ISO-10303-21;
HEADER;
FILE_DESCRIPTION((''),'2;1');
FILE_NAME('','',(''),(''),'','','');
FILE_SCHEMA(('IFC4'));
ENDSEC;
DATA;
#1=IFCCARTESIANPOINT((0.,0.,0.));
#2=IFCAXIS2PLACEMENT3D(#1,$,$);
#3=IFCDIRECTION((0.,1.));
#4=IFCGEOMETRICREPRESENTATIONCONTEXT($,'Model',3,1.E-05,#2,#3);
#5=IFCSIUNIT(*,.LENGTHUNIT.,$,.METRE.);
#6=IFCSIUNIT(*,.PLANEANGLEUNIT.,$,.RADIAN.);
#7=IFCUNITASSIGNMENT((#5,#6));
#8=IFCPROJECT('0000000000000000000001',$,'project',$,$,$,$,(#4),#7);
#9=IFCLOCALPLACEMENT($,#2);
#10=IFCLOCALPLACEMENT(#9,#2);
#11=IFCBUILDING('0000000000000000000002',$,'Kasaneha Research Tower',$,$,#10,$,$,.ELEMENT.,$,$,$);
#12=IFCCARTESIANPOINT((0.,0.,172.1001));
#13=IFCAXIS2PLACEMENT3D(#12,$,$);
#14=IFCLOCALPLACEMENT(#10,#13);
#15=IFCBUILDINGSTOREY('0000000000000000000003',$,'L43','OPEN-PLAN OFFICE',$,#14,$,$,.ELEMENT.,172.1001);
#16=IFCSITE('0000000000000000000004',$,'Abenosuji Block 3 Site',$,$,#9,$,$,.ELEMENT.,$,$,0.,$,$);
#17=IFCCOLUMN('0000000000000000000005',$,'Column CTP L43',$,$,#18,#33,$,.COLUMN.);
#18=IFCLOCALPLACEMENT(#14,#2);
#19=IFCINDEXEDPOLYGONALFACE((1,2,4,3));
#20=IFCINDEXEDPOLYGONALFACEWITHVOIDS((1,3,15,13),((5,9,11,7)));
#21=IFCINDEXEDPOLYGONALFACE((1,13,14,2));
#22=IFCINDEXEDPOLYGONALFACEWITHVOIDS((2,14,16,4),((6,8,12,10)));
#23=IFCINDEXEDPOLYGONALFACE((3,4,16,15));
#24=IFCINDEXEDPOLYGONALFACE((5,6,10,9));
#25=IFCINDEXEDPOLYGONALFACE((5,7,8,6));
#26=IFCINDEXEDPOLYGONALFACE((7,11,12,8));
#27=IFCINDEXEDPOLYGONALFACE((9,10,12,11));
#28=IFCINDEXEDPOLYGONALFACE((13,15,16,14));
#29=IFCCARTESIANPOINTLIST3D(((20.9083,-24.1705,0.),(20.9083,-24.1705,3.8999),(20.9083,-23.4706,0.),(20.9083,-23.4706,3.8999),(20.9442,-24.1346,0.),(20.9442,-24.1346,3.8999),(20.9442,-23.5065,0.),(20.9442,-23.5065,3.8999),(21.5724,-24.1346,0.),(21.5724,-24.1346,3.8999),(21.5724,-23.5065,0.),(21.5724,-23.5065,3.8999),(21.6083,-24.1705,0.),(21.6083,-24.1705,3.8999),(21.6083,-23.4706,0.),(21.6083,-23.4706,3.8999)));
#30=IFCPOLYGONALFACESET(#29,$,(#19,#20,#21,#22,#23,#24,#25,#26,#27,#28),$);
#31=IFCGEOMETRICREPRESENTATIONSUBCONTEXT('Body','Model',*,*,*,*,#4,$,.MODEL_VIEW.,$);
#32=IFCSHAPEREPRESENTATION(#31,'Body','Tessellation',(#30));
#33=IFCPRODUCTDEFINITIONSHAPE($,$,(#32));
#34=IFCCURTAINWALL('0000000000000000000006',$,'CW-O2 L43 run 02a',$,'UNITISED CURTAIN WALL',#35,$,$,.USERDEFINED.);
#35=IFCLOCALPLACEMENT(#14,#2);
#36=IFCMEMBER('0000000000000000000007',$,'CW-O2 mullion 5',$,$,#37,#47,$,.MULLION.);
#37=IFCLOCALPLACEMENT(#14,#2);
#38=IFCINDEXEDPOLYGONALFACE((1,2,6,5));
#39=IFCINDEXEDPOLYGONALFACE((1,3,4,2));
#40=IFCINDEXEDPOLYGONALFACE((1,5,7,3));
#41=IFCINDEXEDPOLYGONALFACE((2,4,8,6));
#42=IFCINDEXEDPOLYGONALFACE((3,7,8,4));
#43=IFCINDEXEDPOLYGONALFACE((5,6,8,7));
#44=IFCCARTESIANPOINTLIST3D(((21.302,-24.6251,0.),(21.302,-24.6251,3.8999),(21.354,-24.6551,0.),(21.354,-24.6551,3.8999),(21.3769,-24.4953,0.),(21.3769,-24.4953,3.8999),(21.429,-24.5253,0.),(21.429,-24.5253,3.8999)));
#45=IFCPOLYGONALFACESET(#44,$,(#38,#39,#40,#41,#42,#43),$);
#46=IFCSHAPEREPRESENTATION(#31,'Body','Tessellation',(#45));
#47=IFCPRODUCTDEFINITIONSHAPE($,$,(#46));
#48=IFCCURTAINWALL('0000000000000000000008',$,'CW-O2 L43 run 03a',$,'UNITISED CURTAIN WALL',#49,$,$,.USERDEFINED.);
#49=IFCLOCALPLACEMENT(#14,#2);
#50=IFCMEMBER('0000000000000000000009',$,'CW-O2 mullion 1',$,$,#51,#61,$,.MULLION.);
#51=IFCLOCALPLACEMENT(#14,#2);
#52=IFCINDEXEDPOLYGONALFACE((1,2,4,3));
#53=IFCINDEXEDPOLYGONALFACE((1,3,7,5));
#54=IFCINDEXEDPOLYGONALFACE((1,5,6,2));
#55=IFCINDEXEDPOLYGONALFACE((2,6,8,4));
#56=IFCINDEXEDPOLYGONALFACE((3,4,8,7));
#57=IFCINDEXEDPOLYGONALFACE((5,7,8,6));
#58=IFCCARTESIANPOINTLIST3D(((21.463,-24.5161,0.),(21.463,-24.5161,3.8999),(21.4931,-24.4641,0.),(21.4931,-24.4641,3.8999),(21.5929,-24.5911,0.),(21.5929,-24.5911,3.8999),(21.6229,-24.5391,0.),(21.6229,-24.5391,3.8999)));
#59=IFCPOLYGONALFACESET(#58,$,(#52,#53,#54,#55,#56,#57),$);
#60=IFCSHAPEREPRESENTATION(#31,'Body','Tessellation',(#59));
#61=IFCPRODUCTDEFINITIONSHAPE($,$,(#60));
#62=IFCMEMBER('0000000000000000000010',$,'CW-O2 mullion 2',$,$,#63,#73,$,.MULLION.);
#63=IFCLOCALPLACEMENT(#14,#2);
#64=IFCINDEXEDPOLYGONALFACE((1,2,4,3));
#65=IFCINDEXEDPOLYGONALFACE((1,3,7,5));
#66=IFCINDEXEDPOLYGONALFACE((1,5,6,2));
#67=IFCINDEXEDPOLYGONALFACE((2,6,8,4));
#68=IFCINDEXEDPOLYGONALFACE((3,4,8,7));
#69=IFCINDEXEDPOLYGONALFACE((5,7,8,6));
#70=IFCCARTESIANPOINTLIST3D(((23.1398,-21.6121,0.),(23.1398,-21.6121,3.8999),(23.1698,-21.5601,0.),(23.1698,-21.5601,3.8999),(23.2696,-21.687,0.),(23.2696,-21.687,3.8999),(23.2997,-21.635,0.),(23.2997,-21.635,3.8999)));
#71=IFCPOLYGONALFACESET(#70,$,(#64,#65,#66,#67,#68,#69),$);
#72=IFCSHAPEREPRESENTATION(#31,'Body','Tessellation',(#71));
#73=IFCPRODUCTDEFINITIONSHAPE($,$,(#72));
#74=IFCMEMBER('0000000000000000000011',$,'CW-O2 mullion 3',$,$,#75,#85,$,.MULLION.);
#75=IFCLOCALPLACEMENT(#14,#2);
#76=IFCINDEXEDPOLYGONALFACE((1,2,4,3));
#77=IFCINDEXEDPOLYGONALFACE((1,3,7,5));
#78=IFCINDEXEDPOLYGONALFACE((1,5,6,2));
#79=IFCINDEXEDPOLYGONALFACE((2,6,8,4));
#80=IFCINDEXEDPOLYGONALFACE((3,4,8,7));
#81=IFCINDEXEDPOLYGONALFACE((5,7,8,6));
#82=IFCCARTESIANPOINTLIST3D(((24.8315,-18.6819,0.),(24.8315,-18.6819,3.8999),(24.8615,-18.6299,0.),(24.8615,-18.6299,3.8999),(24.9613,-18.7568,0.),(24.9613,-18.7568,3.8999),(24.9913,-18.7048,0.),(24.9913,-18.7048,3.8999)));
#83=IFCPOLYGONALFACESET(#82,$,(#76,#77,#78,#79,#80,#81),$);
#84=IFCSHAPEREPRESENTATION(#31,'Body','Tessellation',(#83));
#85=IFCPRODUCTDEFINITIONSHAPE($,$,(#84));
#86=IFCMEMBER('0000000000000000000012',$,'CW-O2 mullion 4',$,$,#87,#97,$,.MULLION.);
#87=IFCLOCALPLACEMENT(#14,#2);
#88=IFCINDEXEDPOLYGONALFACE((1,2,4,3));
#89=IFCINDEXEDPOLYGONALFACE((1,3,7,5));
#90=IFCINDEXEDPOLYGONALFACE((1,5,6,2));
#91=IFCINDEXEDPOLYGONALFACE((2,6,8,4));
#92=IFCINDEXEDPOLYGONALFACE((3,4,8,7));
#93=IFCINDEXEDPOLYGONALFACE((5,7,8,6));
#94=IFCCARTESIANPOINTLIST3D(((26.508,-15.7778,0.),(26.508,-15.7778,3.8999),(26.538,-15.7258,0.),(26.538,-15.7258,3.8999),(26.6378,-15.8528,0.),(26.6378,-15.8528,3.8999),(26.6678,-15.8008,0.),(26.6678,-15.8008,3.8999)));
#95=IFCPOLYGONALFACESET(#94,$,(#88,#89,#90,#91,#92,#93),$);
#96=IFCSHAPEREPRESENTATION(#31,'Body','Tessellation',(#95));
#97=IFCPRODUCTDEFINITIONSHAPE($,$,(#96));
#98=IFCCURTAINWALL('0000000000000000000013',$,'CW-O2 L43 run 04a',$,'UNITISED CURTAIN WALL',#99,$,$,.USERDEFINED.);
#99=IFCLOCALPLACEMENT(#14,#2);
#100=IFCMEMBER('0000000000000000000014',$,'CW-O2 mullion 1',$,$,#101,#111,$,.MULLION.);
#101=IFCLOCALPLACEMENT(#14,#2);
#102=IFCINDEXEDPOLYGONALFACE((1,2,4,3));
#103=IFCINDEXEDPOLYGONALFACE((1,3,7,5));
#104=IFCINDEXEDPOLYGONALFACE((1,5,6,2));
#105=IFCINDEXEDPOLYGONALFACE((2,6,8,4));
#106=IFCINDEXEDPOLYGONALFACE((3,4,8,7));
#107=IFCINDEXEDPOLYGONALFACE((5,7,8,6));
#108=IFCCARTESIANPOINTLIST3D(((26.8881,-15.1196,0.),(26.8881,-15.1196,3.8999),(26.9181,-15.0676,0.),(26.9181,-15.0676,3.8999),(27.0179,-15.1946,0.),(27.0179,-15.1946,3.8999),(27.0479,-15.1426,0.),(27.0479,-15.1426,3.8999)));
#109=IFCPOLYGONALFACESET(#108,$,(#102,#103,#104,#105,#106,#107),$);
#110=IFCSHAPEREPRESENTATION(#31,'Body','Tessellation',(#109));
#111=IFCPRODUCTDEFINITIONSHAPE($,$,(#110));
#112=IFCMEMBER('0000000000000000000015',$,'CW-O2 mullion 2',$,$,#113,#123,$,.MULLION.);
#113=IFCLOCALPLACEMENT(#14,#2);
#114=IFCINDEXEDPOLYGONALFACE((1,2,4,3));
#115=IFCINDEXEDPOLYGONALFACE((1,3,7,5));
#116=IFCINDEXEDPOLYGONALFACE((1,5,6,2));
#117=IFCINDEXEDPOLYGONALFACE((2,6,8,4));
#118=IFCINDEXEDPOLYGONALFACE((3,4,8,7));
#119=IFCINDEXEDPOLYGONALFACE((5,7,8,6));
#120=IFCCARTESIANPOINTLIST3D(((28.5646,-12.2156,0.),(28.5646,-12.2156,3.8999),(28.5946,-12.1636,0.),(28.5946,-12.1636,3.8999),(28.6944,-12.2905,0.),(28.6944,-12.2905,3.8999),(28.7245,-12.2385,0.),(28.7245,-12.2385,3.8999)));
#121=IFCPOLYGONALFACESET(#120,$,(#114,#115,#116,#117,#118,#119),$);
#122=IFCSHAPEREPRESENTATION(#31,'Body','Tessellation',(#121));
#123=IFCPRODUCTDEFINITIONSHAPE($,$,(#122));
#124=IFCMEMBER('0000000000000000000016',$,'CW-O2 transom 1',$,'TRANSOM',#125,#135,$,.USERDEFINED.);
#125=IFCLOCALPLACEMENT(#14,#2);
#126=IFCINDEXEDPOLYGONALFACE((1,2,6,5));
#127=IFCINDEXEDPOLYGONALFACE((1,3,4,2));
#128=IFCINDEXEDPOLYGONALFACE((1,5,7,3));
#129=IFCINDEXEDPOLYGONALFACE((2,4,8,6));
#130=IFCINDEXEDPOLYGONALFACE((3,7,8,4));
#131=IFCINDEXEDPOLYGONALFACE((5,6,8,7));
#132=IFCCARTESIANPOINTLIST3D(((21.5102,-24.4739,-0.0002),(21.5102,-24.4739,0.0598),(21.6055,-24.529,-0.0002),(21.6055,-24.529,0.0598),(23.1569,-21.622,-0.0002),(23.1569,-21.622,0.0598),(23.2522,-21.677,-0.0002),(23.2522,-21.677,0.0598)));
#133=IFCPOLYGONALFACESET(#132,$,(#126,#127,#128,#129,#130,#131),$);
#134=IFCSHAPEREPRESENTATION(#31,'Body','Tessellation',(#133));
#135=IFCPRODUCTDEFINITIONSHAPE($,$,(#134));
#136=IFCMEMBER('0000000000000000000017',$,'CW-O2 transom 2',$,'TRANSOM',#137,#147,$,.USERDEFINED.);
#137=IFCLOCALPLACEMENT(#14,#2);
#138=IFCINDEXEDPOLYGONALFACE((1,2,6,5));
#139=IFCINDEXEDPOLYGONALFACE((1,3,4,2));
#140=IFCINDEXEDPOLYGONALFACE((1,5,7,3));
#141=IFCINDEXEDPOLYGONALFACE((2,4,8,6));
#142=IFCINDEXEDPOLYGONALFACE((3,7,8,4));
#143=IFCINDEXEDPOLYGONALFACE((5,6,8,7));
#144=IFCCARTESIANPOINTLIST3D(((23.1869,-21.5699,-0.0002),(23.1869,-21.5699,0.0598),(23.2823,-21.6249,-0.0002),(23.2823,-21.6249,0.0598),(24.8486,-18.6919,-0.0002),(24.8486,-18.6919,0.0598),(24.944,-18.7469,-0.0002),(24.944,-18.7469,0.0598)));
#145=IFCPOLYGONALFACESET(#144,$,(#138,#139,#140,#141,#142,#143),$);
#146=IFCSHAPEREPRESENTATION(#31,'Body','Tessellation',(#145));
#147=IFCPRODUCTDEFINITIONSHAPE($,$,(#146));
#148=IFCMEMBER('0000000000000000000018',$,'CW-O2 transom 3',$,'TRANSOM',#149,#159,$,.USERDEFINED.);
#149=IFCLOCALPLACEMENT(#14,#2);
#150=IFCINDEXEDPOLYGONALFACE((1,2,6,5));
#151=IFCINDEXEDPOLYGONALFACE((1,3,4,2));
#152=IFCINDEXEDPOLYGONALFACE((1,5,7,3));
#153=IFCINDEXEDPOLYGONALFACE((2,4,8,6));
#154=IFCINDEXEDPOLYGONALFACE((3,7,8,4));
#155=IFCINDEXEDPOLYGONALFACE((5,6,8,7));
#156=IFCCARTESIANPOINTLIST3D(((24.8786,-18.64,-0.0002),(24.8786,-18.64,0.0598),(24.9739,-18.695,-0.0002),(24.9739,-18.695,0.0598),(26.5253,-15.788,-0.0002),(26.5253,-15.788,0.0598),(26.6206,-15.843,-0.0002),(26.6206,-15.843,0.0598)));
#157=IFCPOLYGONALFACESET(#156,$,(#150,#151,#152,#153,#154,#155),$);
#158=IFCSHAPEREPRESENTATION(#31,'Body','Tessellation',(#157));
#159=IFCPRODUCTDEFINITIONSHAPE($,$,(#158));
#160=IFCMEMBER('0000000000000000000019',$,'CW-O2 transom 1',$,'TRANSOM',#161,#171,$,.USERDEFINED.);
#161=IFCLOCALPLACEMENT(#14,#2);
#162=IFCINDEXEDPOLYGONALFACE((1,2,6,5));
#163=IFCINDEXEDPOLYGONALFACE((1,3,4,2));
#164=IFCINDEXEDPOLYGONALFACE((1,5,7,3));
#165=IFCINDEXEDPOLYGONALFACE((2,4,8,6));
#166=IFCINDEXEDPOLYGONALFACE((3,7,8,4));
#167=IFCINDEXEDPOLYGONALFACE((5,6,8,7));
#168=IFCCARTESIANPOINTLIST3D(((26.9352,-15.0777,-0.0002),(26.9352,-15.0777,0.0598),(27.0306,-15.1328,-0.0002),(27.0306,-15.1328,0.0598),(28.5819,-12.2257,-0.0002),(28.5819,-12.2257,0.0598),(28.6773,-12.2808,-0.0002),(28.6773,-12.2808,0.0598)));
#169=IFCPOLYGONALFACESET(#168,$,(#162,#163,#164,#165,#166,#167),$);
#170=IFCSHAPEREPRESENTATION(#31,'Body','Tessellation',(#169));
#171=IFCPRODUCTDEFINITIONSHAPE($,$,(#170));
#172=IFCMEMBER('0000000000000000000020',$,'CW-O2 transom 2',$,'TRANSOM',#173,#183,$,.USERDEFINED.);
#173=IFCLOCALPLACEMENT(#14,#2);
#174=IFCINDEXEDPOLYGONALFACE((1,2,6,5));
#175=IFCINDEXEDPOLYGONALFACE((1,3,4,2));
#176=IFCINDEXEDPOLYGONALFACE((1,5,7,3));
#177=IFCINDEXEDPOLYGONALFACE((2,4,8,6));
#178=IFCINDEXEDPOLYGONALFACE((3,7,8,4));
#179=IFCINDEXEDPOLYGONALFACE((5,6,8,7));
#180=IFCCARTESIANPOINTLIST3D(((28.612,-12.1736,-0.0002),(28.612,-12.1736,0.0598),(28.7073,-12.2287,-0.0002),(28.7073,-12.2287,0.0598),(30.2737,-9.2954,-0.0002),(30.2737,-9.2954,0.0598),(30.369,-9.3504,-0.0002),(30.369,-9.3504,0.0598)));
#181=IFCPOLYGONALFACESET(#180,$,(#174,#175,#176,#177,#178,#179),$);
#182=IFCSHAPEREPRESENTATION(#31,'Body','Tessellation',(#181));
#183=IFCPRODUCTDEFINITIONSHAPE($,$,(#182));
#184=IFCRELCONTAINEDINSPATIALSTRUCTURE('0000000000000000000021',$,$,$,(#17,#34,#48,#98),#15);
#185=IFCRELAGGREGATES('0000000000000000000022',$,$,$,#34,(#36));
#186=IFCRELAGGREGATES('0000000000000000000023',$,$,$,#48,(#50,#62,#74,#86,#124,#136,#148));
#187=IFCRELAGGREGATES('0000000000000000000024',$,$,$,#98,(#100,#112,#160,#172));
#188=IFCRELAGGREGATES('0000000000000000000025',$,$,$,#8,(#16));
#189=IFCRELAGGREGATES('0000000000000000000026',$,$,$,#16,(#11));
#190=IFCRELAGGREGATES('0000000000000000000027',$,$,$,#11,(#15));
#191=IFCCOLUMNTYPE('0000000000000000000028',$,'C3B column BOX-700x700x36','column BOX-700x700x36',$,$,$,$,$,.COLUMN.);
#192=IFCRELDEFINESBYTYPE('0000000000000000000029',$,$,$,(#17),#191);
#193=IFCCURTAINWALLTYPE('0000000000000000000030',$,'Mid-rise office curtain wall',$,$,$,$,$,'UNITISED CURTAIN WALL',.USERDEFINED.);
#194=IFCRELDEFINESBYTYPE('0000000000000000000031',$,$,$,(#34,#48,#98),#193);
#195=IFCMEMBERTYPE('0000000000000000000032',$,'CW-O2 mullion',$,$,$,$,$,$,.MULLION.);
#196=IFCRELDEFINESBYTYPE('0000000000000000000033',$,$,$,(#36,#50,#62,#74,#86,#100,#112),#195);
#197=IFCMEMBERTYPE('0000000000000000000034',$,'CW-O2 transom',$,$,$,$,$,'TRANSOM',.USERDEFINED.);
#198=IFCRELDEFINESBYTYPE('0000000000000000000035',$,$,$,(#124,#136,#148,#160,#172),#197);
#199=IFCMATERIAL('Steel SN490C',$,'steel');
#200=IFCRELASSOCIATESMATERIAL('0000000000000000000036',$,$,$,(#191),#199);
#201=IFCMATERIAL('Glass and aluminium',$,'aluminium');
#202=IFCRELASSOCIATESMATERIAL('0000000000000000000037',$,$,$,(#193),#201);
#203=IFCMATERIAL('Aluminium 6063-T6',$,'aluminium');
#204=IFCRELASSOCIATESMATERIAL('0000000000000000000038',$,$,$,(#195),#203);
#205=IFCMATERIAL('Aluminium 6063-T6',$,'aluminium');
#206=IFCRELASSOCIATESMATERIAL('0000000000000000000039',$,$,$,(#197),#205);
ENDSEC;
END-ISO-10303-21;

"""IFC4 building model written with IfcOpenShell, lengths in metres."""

from ifc_helpers import new_model, si_unit, direction, frame, origin, origin_2d, place, context, subcontext, project, spatial, rectangle, hollow_rectangle, extrude, material, material_profile, profile_set, type_object, element, aggregate, save


model = new_model("IFC4")

# Units and contexts
model_context = context("Model", 3, precision=1e-05, world=origin(), true_north=direction((0.0, 1.0)))
body_context = subcontext(model_context, "Body", "Model", "MODEL_VIEW")
ifc_project = project(units=[si_unit("LENGTHUNIT", "METRE"), si_unit("PLANEANGLEUNIT", "RADIAN")], contexts=[model_context])

# Site, building, storey
site_placement = place(None, origin())
site = spatial("IfcSite", under=ifc_project, at=site_placement, Name="Abenosuji Block 3 Site", CompositionType="ELEMENT", RefElevation=0.0)
building_placement = place(site_placement, origin())
building = spatial("IfcBuilding", under=site, at=building_placement, Name="Kasaneha Research Tower", CompositionType="ELEMENT")
storey_placement = place(building_placement, frame((0.0, 0.0, 172.1001)))
storey = spatial("IfcBuildingStorey", under=building, at=storey_placement, Name="L43", Description="OPEN-PLAN OFFICE", CompositionType="ELEMENT", Elevation=172.1001)

# Column
ifc_material_1 = material(Name="Steel SN490C", Category="steel")
ifc_material_profile_1 = material_profile(ifc_material_1, hollow_rectangle(XDim=0.7, YDim=0.7, WallThickness=0.0359, at=origin_2d()), Name="BOX-700x700x36")
ifc_profile_set_1 = profile_set([ifc_material_profile_1], Name="Steel SN490C")
column_type = type_object("IfcColumnType", Name="C3B column BOX-700x700x36", Description="column BOX-700x700x36", PredefinedType="COLUMN", material=ifc_profile_set_1)
column_placement = place(storey_placement, frame((21.2583, -23.8206, 0.0), z_axis=(0.0, 0.0, 1.0), x_axis=(1.0, 0.0, 0.0)))
element("IfcColumn", 1, at=column_placement, inside=storey, type_object=column_type, Name="Column CTP L43", PredefinedType="COLUMN", context=body_context, shape_type="SweptSolid", body=[
    extrude(hollow_rectangle(XDim=0.7, YDim=0.7, WallThickness=0.0359, at=origin_2d()), origin(), (0.0, 0.0, 1.0), 3.8999),
])

# Curtain wall, member
ifc_material_2 = material(Name="Glass and aluminium", Category="aluminium")
curtain_wall_type = type_object("IfcCurtainWallType", Name="Mid-rise office curtain wall", ElementType="UNITISED CURTAIN WALL", PredefinedType="USERDEFINED", material=ifc_material_2)
curtain_wall_1_placement = place(storey_placement, origin())
curtain_wall_1 = element("IfcCurtainWall", 2, at=curtain_wall_1_placement, inside=storey, type_object=curtain_wall_type, Name="CW-O2 L43 run 02a", ObjectType="UNITISED CURTAIN WALL", PredefinedType="USERDEFINED")
ifc_material_3 = material(Name="Aluminium 6063-T6", Category="aluminium")
ifc_material_profile_2 = material_profile(ifc_material_3, rectangle(XDim=0.0601, YDim=0.1499, at=origin_2d()), Name="CW-O2 mullion 60x150")
ifc_profile_set_2 = profile_set([ifc_material_profile_2], Name="Aluminium 6063-T6")
member_type_1 = type_object("IfcMemberType", Name="CW-O2 mullion", PredefinedType="MULLION", material=ifc_profile_set_2)
member_1_placement = place(storey_placement, frame((21.3655, -24.5752, 0.0), z_axis=(0.0, 0.0, 1.0), x_axis=(0.866025, -0.5, 0.0)))
member_1 = element("IfcMember", 3, at=member_1_placement, type_object=member_type_1, Name="CW-O2 mullion 5", PredefinedType="MULLION", context=body_context, shape_type="SweptSolid", body=[
    extrude(rectangle(XDim=0.0601, YDim=0.1499, at=origin_2d()), origin(), (0.0, 0.0, 1.0), 3.8999),
])
aggregate(curtain_wall_1, [member_1])

# Curtain walls, members
curtain_wall_2_placement = place(storey_placement, origin())
curtain_wall_2 = element("IfcCurtainWall", 4, at=curtain_wall_2_placement, inside=storey, type_object=curtain_wall_type, Name="CW-O2 L43 run 03a", ObjectType="UNITISED CURTAIN WALL", PredefinedType="USERDEFINED")
member_2_placement = place(storey_placement, frame((21.543, -24.5276, 0.0), z_axis=(0.0, 0.0, 1.0), x_axis=(0.5, 0.866025, 0.0)))
member_2 = element("IfcMember", 5, at=member_2_placement, type_object=member_type_1, Name="CW-O2 mullion 1", PredefinedType="MULLION", context=body_context, shape_type="SweptSolid", body=[
    extrude(rectangle(XDim=0.0601, YDim=0.1499, at=origin_2d()), origin(), (0.0, 0.0, 1.0), 3.8999),
])
member_3_placement = place(storey_placement, frame((23.2197, -21.6235, 0.0), z_axis=(0.0, 0.0, 1.0), x_axis=(0.5, 0.866025, 0.0)))
member_3 = element("IfcMember", 6, at=member_3_placement, type_object=member_type_1, Name="CW-O2 mullion 2", PredefinedType="MULLION", context=body_context, shape_type="SweptSolid", body=[
    extrude(rectangle(XDim=0.0601, YDim=0.1499, at=origin_2d()), origin(), (0.0, 0.0, 1.0), 3.8999),
])
member_4_placement = place(storey_placement, frame((24.9114, -18.6934, 0.0), z_axis=(0.0, 0.0, 1.0), x_axis=(0.5, 0.866025, 0.0)))
member_4 = element("IfcMember", 7, at=member_4_placement, type_object=member_type_1, Name="CW-O2 mullion 3", PredefinedType="MULLION", context=body_context, shape_type="SweptSolid", body=[
    extrude(rectangle(XDim=0.0601, YDim=0.1499, at=origin_2d()), origin(), (0.0, 0.0, 1.0), 3.8999),
])
member_5_placement = place(storey_placement, frame((26.5879, -15.7893, 0.0), z_axis=(0.0, 0.0, 1.0), x_axis=(0.5, 0.866025, 0.0)))
member_5 = element("IfcMember", 8, at=member_5_placement, type_object=member_type_1, Name="CW-O2 mullion 4", PredefinedType="MULLION", context=body_context, shape_type="SweptSolid", body=[
    extrude(rectangle(XDim=0.0601, YDim=0.1499, at=origin_2d()), origin(), (0.0, 0.0, 1.0), 3.8999),
])
curtain_wall_3_placement = place(storey_placement, origin())
curtain_wall_3 = element("IfcCurtainWall", 9, at=curtain_wall_3_placement, inside=storey, type_object=curtain_wall_type, Name="CW-O2 L43 run 04a", ObjectType="UNITISED CURTAIN WALL", PredefinedType="USERDEFINED")
member_6_placement = place(storey_placement, frame((26.968, -15.1311, 0.0), z_axis=(0.0, 0.0, 1.0), x_axis=(0.5, 0.866025, 0.0)))
member_6 = element("IfcMember", 10, at=member_6_placement, type_object=member_type_1, Name="CW-O2 mullion 1", PredefinedType="MULLION", context=body_context, shape_type="SweptSolid", body=[
    extrude(rectangle(XDim=0.0601, YDim=0.1499, at=origin_2d()), origin(), (0.0, 0.0, 1.0), 3.8999),
])
member_7_placement = place(storey_placement, frame((28.6445, -12.2271, 0.0), z_axis=(0.0, 0.0, 1.0), x_axis=(0.5, 0.866025, 0.0)))
member_7 = element("IfcMember", 11, at=member_7_placement, type_object=member_type_1, Name="CW-O2 mullion 2", PredefinedType="MULLION", context=body_context, shape_type="SweptSolid", body=[
    extrude(rectangle(XDim=0.0601, YDim=0.1499, at=origin_2d()), origin(), (0.0, 0.0, 1.0), 3.8999),
])

# Members
ifc_material_4 = material(Name="Aluminium 6063-T6", Category="aluminium")
ifc_material_profile_3 = material_profile(ifc_material_4, rectangle(XDim=0.1101, YDim=0.0601, at=origin_2d()), Name="CW-O2 transom 110x60")
ifc_profile_set_3 = profile_set([ifc_material_profile_3], Name="Aluminium 6063-T6")
member_type_2 = type_object("IfcMemberType", Name="CW-O2 transom", ElementType="TRANSOM", PredefinedType="USERDEFINED", material=ifc_profile_set_3)
member_8_placement = place(storey_placement, frame((21.5579, -24.5015, 0.0298), z_axis=(0.500022, 0.866013, 0.0), x_axis=(-0.866013, 0.500022, 0.0)))
member_8 = element("IfcMember", 12, at=member_8_placement, type_object=member_type_2, Name="CW-O2 transom 1", ObjectType="TRANSOM", PredefinedType="USERDEFINED", context=body_context, shape_type="SweptSolid", body=[
    extrude(rectangle(XDim=0.1101, YDim=0.0601, at=origin_2d()), origin(), (0.0, 0.0, 1.0), 3.2932),
])
member_9_placement = place(storey_placement, frame((23.2346, -21.5974, 0.0298), z_axis=(0.500011, 0.866019, 0.0), x_axis=(-0.866019, 0.500011, 0.0)))
member_9 = element("IfcMember", 13, at=member_9_placement, type_object=member_type_2, Name="CW-O2 transom 2", ObjectType="TRANSOM", PredefinedType="USERDEFINED", context=body_context, shape_type="SweptSolid", body=[
    extrude(rectangle(XDim=0.1101, YDim=0.0601, at=origin_2d()), origin(), (0.0, 0.0, 1.0), 3.3232),
])
member_10_placement = place(storey_placement, frame((24.9263, -18.6675, 0.0298), z_axis=(0.500022, 0.866013, 0.0), x_axis=(-0.866013, 0.500022, 0.0)))
member_10 = element("IfcMember", 14, at=member_10_placement, type_object=member_type_2, Name="CW-O2 transom 3", ObjectType="TRANSOM", PredefinedType="USERDEFINED", context=body_context, shape_type="SweptSolid", body=[
    extrude(rectangle(XDim=0.1101, YDim=0.0601, at=origin_2d()), origin(), (0.0, 0.0, 1.0), 3.2932),
])
member_11_placement = place(storey_placement, frame((26.9829, -15.1052, 0.0298), z_axis=(0.500022, 0.866013, 0.0), x_axis=(-0.866013, 0.500022, 0.0)))
member_11 = element("IfcMember", 15, at=member_11_placement, type_object=member_type_2, Name="CW-O2 transom 1", ObjectType="TRANSOM", PredefinedType="USERDEFINED", context=body_context, shape_type="SweptSolid", body=[
    extrude(rectangle(XDim=0.1101, YDim=0.0601, at=origin_2d()), origin(), (0.0, 0.0, 1.0), 3.2932),
])
member_12_placement = place(storey_placement, frame((28.6597, -12.2012, 0.0298), z_axis=(0.499979, 0.866038, 0.0), x_axis=(-0.866038, 0.499979, 0.0)))
member_12 = element("IfcMember", 16, at=member_12_placement, type_object=member_type_2, Name="CW-O2 transom 2", ObjectType="TRANSOM", PredefinedType="USERDEFINED", context=body_context, shape_type="SweptSolid", body=[
    extrude(rectangle(XDim=0.1101, YDim=0.0601, at=origin_2d()), origin(), (0.0, 0.0, 1.0), 3.3235),
])

aggregate(curtain_wall_2, [member_2, member_3, member_4, member_5, member_8, member_9, member_10])
aggregate(curtain_wall_3, [member_6, member_7, member_11, member_12])

save(model, "model.ifc")
